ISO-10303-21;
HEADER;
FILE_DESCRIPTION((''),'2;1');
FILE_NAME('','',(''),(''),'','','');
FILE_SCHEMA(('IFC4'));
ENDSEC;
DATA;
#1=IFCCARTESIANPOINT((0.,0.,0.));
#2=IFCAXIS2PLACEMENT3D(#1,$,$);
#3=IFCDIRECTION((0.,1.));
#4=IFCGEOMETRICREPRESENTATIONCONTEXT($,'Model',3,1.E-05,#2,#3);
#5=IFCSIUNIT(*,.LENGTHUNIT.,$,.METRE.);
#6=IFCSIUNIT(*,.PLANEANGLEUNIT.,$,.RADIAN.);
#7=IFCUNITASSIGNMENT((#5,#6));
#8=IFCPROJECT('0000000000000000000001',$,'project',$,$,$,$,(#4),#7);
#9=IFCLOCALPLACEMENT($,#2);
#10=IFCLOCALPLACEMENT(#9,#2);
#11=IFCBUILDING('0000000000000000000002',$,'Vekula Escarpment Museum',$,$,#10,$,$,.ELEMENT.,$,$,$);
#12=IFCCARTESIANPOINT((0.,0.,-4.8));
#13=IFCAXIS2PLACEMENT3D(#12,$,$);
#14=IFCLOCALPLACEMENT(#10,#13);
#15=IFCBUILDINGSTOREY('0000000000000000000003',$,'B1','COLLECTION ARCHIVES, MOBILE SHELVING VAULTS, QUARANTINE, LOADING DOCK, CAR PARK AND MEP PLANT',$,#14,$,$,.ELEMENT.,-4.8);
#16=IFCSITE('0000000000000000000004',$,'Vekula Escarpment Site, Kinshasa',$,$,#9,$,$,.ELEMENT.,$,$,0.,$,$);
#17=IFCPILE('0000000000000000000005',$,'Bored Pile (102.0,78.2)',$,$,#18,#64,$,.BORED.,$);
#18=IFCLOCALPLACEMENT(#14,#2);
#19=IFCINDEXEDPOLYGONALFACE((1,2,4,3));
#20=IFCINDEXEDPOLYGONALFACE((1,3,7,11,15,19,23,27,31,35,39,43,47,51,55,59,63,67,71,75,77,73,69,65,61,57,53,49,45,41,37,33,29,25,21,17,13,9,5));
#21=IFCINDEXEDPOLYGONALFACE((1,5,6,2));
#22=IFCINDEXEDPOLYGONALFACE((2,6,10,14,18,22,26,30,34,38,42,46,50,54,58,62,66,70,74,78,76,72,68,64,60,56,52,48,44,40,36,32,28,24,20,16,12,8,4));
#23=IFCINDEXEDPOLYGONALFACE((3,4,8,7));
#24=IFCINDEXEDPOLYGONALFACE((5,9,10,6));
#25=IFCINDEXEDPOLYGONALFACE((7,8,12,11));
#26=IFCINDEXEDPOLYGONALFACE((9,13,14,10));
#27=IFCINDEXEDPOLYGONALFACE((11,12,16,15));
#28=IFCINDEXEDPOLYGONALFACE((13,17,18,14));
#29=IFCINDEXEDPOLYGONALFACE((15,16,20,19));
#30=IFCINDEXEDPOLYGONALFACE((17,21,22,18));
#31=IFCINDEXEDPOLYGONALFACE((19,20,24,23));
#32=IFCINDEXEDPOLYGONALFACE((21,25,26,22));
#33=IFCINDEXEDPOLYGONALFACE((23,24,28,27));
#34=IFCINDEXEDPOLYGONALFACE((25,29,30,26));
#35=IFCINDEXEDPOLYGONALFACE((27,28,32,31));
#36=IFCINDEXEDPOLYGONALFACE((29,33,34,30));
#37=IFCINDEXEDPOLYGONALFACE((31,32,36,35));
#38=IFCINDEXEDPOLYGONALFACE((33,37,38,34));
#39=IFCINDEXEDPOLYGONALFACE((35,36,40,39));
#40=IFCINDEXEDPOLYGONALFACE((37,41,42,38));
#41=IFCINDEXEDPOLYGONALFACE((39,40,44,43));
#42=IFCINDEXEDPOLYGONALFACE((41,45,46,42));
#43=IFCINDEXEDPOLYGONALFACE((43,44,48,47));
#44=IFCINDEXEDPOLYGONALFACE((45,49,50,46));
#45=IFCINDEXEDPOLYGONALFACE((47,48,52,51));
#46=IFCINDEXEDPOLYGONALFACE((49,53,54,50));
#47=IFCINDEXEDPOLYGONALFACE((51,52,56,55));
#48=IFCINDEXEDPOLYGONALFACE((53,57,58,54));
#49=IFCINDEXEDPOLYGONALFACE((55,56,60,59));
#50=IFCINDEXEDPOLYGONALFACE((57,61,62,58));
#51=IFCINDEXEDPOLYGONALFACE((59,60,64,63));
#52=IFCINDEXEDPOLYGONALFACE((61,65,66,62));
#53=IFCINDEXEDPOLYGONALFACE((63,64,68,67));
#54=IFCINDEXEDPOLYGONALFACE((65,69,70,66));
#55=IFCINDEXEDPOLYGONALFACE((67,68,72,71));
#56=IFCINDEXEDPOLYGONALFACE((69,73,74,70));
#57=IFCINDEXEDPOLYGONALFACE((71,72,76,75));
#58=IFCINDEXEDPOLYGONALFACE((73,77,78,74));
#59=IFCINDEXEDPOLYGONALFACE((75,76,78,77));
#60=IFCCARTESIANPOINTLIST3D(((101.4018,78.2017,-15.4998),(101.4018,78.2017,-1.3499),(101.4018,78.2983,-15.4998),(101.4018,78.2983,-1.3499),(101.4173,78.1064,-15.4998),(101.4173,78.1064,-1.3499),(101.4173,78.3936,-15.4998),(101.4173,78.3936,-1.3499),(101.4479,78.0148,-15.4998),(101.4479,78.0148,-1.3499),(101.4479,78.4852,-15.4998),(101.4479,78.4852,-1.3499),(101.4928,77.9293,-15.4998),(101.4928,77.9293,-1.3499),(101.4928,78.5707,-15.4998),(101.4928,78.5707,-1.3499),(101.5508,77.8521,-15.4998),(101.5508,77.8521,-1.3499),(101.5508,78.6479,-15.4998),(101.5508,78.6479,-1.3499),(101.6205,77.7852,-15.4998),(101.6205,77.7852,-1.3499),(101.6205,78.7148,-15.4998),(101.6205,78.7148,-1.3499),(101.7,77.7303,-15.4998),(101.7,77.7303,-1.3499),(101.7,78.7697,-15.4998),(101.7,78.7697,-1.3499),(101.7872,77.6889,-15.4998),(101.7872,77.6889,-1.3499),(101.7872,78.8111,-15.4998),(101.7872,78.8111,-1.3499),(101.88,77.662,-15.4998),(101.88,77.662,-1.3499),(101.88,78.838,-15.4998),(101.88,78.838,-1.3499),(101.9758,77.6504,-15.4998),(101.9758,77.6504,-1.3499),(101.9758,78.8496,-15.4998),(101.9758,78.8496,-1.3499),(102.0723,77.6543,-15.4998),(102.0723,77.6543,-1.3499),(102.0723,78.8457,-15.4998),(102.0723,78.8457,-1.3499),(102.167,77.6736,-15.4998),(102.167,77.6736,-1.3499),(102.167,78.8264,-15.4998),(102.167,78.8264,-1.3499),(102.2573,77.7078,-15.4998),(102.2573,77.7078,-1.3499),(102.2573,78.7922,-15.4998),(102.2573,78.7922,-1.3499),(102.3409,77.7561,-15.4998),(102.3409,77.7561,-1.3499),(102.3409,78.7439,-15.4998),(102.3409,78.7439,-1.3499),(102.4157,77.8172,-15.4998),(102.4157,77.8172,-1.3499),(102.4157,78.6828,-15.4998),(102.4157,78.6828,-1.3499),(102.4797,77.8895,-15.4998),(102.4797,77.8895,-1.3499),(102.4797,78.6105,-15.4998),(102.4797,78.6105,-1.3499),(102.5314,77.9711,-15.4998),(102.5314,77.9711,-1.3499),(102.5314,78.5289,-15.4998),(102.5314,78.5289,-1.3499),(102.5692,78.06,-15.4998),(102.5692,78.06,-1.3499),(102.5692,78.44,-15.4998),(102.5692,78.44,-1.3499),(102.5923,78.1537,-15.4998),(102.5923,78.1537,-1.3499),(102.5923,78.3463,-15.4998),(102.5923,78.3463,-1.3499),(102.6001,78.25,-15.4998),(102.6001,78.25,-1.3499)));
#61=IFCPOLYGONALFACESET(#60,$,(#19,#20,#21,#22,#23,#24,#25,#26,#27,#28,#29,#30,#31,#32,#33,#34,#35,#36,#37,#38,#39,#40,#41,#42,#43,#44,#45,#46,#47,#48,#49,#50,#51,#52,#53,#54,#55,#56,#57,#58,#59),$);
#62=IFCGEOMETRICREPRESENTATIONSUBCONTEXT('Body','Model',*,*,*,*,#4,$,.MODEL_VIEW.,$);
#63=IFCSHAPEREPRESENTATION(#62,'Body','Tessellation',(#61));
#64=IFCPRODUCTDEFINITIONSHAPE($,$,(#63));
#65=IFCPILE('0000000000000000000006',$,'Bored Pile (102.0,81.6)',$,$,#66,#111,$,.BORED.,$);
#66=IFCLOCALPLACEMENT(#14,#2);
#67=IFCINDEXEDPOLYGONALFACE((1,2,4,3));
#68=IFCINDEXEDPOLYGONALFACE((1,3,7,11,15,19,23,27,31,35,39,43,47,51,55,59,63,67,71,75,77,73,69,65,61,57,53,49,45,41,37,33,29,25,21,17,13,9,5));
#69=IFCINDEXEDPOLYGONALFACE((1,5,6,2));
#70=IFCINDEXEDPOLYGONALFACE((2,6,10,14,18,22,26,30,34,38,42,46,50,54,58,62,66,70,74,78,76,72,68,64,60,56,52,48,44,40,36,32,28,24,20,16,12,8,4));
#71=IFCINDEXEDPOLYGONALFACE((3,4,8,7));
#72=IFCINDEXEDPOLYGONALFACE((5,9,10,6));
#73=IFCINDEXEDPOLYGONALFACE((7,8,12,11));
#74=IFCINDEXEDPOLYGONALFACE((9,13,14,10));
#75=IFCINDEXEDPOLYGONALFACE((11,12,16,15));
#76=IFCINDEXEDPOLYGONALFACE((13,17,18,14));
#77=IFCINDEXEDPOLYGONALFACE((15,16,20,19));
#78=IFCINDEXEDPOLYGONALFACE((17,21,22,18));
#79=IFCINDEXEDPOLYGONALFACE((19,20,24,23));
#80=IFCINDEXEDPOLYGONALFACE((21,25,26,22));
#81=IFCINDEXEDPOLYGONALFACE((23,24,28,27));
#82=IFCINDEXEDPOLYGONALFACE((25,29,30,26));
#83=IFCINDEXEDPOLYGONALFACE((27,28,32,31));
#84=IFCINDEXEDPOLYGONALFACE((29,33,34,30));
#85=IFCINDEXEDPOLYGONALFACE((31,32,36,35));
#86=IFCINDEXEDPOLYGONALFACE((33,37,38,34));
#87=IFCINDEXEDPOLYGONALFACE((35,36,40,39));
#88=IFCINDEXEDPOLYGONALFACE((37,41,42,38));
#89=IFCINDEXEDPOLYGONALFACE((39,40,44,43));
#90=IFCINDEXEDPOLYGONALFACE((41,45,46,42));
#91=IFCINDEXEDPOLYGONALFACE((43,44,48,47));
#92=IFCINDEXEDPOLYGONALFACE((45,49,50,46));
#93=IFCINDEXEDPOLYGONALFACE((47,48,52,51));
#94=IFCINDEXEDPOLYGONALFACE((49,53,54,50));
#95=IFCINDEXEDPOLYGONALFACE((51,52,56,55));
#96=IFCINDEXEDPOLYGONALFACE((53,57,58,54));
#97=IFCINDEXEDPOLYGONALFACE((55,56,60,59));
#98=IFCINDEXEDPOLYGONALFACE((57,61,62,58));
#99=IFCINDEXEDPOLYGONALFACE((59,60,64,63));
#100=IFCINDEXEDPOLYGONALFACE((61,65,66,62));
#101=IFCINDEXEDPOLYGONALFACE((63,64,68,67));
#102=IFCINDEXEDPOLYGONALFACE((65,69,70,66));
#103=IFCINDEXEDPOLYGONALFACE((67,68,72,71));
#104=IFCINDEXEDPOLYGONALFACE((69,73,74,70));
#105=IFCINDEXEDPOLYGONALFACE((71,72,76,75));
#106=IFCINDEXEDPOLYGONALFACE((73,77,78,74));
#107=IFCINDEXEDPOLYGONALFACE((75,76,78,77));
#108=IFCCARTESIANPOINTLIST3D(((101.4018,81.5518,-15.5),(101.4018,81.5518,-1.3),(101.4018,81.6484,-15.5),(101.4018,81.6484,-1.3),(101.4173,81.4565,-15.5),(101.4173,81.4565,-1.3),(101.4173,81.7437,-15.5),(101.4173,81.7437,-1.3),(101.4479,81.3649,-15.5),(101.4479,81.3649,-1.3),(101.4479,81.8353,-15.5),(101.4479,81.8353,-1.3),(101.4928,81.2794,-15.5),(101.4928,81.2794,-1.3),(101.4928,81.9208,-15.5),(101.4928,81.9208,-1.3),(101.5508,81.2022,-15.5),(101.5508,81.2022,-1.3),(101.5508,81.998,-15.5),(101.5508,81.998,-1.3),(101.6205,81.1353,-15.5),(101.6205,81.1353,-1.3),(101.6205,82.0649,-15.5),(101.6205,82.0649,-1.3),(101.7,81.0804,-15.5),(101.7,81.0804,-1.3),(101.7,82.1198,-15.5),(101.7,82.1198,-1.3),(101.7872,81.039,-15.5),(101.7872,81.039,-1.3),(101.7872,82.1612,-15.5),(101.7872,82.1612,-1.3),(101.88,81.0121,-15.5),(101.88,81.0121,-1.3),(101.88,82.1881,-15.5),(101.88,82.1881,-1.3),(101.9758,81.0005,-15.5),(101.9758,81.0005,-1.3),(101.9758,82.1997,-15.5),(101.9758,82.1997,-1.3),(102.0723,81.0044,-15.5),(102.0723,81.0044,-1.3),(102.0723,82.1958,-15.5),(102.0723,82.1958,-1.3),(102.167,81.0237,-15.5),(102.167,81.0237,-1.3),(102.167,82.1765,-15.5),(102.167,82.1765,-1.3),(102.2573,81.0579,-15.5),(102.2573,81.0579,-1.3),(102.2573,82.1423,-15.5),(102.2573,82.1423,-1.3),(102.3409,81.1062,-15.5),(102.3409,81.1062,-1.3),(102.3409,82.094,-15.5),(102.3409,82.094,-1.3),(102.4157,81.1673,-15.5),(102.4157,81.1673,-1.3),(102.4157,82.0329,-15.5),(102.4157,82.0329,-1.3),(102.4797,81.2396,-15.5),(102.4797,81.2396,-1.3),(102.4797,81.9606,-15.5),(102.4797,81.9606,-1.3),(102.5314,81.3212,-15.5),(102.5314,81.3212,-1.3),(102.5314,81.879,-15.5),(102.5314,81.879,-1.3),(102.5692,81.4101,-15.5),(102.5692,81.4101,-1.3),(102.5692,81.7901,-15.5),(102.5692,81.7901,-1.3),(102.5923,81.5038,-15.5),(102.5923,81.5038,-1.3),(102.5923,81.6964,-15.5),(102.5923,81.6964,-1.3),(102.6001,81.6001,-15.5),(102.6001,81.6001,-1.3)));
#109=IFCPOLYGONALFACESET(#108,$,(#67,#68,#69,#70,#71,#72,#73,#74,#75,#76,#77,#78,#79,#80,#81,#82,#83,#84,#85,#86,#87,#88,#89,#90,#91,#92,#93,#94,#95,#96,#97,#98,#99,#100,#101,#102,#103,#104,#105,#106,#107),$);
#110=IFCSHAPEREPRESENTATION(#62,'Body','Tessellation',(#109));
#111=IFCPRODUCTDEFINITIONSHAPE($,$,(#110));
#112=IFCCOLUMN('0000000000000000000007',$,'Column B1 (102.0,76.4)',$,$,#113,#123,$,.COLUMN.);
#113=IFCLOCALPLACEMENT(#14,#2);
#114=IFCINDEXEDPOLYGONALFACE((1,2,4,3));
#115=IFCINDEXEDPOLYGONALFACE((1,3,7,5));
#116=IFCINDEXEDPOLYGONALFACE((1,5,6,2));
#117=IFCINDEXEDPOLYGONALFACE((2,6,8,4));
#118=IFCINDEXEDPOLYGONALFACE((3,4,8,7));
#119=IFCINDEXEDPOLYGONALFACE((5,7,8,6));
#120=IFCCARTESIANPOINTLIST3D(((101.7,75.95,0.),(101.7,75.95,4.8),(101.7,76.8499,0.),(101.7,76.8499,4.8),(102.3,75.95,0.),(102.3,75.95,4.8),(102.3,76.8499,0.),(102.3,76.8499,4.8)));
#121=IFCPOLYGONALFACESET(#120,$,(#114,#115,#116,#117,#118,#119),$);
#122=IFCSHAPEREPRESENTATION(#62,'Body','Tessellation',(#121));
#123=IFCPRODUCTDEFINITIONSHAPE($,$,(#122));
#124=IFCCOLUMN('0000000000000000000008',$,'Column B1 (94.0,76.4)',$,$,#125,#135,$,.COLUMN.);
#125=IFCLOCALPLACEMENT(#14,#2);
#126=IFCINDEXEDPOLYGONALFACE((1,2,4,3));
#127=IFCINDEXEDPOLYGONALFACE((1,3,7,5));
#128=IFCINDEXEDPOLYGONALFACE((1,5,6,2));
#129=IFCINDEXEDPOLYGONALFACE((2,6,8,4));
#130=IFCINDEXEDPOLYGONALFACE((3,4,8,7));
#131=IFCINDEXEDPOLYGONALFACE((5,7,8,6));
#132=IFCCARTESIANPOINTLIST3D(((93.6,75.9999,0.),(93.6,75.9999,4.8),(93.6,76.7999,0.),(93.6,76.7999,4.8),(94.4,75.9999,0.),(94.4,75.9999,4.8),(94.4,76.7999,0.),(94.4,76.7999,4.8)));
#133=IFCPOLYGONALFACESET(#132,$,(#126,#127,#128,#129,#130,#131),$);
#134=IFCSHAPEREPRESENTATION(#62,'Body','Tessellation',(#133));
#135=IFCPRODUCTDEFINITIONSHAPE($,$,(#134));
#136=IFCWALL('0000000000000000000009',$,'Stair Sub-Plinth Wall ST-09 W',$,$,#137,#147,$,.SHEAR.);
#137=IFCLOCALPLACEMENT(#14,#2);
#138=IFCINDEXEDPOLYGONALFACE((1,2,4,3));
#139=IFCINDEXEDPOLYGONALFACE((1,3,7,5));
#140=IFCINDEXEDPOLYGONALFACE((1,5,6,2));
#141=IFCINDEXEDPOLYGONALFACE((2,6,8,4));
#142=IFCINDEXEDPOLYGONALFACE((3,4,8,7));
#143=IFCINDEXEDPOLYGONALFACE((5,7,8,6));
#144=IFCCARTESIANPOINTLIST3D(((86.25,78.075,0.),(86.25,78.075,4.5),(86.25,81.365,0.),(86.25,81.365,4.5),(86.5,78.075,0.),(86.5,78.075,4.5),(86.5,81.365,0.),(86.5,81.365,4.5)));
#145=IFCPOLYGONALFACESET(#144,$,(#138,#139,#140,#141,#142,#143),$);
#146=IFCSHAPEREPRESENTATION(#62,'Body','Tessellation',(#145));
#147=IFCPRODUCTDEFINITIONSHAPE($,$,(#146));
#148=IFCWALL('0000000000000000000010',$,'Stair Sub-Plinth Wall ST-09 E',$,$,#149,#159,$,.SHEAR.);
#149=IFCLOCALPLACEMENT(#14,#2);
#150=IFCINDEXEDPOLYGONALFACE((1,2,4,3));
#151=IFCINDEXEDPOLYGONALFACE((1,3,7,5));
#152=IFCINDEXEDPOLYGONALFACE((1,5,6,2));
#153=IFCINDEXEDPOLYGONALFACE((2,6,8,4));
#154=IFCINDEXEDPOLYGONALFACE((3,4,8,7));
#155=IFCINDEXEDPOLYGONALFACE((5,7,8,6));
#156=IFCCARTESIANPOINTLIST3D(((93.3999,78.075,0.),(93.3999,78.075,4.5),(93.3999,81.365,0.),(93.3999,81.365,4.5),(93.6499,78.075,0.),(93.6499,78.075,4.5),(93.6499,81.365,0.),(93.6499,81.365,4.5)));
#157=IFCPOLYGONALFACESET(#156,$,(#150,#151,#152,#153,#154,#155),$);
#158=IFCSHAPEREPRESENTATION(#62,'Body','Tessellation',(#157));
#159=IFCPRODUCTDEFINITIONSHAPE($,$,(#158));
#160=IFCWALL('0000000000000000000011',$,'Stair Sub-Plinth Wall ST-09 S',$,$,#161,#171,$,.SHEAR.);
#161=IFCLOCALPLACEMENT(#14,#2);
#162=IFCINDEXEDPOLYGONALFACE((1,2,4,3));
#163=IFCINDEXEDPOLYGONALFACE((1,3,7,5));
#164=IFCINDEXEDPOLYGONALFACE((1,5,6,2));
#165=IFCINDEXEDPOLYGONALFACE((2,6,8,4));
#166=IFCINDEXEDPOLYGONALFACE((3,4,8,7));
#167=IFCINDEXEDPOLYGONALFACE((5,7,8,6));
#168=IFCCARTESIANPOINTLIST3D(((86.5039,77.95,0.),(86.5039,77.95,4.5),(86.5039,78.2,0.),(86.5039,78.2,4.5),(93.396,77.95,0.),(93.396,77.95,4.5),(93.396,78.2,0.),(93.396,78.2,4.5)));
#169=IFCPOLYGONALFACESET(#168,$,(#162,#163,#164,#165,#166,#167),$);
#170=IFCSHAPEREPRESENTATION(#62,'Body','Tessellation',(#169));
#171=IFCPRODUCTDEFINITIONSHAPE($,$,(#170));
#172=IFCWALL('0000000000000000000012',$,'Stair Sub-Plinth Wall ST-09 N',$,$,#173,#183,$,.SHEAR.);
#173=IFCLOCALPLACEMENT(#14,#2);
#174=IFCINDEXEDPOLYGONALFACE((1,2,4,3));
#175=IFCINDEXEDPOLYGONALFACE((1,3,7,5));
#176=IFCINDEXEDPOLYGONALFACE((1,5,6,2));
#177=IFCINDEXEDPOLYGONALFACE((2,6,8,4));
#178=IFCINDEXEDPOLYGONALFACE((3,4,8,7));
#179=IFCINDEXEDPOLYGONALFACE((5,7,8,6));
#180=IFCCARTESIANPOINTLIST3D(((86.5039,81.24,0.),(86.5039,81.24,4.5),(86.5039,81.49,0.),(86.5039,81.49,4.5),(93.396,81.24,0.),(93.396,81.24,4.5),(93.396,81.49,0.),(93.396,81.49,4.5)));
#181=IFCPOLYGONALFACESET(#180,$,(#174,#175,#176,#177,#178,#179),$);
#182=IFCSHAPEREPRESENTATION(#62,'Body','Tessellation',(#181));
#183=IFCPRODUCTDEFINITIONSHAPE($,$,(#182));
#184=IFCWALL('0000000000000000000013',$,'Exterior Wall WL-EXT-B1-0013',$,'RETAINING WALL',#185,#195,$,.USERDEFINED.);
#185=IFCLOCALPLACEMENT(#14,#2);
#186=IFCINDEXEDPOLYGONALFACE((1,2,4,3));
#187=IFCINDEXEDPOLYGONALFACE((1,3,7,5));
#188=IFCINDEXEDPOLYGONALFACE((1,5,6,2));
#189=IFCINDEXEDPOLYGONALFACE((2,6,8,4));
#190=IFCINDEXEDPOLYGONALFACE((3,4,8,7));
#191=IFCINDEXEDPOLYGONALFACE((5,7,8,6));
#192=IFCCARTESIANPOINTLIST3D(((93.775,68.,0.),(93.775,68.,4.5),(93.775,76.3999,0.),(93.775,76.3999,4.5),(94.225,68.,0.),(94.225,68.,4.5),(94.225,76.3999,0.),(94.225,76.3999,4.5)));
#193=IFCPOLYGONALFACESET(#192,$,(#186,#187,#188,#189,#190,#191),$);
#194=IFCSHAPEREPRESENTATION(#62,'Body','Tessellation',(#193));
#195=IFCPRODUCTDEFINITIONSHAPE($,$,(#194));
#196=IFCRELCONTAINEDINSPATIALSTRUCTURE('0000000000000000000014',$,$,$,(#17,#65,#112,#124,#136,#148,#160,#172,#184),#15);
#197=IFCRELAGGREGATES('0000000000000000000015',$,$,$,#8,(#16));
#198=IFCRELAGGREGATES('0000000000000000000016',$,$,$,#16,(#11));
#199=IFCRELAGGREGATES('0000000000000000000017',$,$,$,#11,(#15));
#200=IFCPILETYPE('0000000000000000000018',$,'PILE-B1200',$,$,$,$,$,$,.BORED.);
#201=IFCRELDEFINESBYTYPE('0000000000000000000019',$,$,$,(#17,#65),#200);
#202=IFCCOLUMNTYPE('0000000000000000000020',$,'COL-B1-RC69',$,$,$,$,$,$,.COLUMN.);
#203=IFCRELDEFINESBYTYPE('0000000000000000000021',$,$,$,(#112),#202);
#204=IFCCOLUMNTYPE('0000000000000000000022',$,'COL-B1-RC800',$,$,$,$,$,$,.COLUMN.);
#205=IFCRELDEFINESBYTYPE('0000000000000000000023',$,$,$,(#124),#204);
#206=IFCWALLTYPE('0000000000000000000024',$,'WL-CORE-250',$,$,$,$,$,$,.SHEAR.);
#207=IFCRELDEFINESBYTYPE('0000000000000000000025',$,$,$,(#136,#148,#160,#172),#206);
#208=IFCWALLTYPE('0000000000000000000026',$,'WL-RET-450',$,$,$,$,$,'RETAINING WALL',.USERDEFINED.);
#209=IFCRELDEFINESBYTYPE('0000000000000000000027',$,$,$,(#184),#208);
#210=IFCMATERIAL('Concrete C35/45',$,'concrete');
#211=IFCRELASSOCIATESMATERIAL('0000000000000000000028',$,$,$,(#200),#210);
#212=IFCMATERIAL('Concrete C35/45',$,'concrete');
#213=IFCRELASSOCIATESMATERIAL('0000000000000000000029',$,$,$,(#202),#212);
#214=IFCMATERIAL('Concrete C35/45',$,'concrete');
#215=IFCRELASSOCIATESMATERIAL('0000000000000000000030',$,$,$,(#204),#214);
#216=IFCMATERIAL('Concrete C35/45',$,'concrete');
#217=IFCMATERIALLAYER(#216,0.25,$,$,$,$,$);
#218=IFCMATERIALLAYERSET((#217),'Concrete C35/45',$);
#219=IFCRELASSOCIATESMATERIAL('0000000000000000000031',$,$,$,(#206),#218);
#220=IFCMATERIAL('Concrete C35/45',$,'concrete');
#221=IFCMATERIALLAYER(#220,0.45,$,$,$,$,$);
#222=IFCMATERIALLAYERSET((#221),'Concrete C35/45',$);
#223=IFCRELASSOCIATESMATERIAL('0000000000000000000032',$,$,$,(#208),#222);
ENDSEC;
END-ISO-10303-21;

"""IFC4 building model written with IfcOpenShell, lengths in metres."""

from ifc_helpers import new_model, si_unit, direction, frame, frame_2d, origin, origin_2d, place, context, subcontext, project, spatial, rectangle, circle, extrude, material, layer, layer_set, material_profile, profile_set, type_object, element, save


model = new_model("IFC4")

# Units and contexts
model_context = context("Model", 3, precision=1e-05, world=origin(), true_north=direction((0.0, 1.0)))
body_context = subcontext(model_context, "Body", "Model", "MODEL_VIEW")
ifc_project = project(units=[si_unit("LENGTHUNIT", "METRE"), si_unit("PLANEANGLEUNIT", "RADIAN")], contexts=[model_context])

# Site, building, storey
site_placement = place(None, origin())
site = spatial("IfcSite", under=ifc_project, at=site_placement, Name="Vekula Escarpment Site, Kinshasa", CompositionType="ELEMENT", RefElevation=0.0)
building_placement = place(site_placement, origin())
building = spatial("IfcBuilding", under=site, at=building_placement, Name="Vekula Escarpment Museum", CompositionType="ELEMENT")
storey_placement = place(building_placement, frame((0.0, 0.0, -4.8)))
storey = spatial("IfcBuildingStorey", under=building, at=storey_placement, Name="B1", Description="COLLECTION ARCHIVES, MOBILE SHELVING VAULTS, QUARANTINE, LOADING DOCK, CAR PARK AND MEP PLANT", CompositionType="ELEMENT", Elevation=-4.8)

# Piles
ifc_material_1 = material(Name="Concrete C35/45", Category="concrete")
ifc_material_profile_1 = material_profile(ifc_material_1, circle(Radius=0.6001, at=origin_2d()), Name="BORED PILE 1200")
ifc_profile_set_1 = profile_set([ifc_material_profile_1], Name="Concrete C35/45")
pile_type = type_object("IfcPileType", Name="PILE-B1200", PredefinedType="BORED", material=ifc_profile_set_1)
for number, where, z_axis, x_axis, name in (
    (1, (102.0, 78.25, -1.3499), (0.0, 0.0, -1.0), (1.0, 0.0, 0.0), "Bored Pile (102.0,78.2)"),
):
    element("IfcPile", number, at=place(storey_placement, frame(where, z_axis=z_axis, x_axis=x_axis)), inside=storey, type_object=pile_type, Name=name, PredefinedType="BORED", context=body_context, shape_type="SweptSolid", body=[
        extrude(circle(Radius=0.6001, at=origin_2d()), origin(), (0.0, 0.0, 1.0), 14.1499),
    ])
pile_1_placement = place(storey_placement, frame((102.0, 81.6001, -1.3), z_axis=(0.0, 0.0, -1.0), x_axis=(1.0, 0.0, 0.0)))
element("IfcPile", 2, at=pile_1_placement, inside=storey, type_object=pile_type, Name="Bored Pile (102.0,81.6)", PredefinedType="BORED", context=body_context, shape_type="SweptSolid", body=[
    extrude(circle(Radius=0.6001, at=origin_2d()), origin(), (0.0, 0.0, 1.0), 14.2),
])

# Columns
ifc_material_2 = material(Name="Concrete C35/45", Category="concrete")
ifc_material_profile_2 = material_profile(ifc_material_2, rectangle(XDim=0.6001, YDim=0.8999, at=origin_2d()), Name="RC 600x900")
ifc_profile_set_2 = profile_set([ifc_material_profile_2], Name="Concrete C35/45")
column_type_1 = type_object("IfcColumnType", Name="COL-B1-RC69", PredefinedType="COLUMN", material=ifc_profile_set_2)
column_1_placement = place(storey_placement, frame((102.0, 76.3999, 0.0), z_axis=(0.0, 0.0, 1.0), x_axis=(1.0, 0.0, 0.0)))
element("IfcColumn", 3, at=column_1_placement, inside=storey, type_object=column_type_1, Name="Column B1 (102.0,76.4)", PredefinedType="COLUMN", context=body_context, shape_type="SweptSolid", body=[
    extrude(rectangle(XDim=0.6001, YDim=0.8999, at=origin_2d()), origin(), (0.0, 0.0, 1.0), 4.8),
])
ifc_material_3 = material(Name="Concrete C35/45", Category="concrete")
ifc_material_profile_3 = material_profile(ifc_material_3, rectangle(XDim=0.8, YDim=0.8, at=origin_2d()), Name="RC 800x800")
ifc_profile_set_3 = profile_set([ifc_material_profile_3], Name="Concrete C35/45")
column_type_2 = type_object("IfcColumnType", Name="COL-B1-RC800", PredefinedType="COLUMN", material=ifc_profile_set_3)
column_2_placement = place(storey_placement, frame((94.0, 76.3999, 0.0), z_axis=(0.0, 0.0, 1.0), x_axis=(1.0, 0.0, 0.0)))
element("IfcColumn", 4, at=column_2_placement, inside=storey, type_object=column_type_2, Name="Column B1 (94.0,76.4)", PredefinedType="COLUMN", context=body_context, shape_type="SweptSolid", body=[
    extrude(rectangle(XDim=0.8, YDim=0.8, at=origin_2d()), origin(), (0.0, 0.0, 1.0), 4.8),
])

# Walls
ifc_material_4 = material(Name="Concrete C35/45", Category="concrete")
ifc_layer_1 = layer(ifc_material_4, 0.25)
ifc_layer_set_1 = layer_set([ifc_layer_1], Name="Concrete C35/45")
wall_type_1 = type_object("IfcWallType", Name="WL-CORE-250", PredefinedType="SHEAR", material=ifc_layer_set_1)
for number, where, z_axis, x_axis, name in (
    (5, (86.375, 78.075, 0.0), (0.0, 0.0, 1.0), (0.0, 1.0, 0.0), "Stair Sub-Plinth Wall ST-09 W"),
    (6, (93.5249, 78.075, 0.0), (0.0, 0.0, 1.0), (0.0, 1.0, 0.0), "Stair Sub-Plinth Wall ST-09 E"),
):
    element("IfcWall", number, at=place(storey_placement, frame(where, z_axis=z_axis, x_axis=x_axis)), inside=storey, type_object=wall_type_1, Name=name, PredefinedType="SHEAR", context=body_context, shape_type="SweptSolid", body=[
        extrude(rectangle(XDim=3.29, YDim=0.25, at=frame_2d((1.645, 0.0))), origin(), (0.0, 0.0, 1.0), 4.5),
    ])
for number, where, z_axis, x_axis, name in (
    (7, (86.5039, 78.075, 0.0), (0.0, 0.0, 1.0), (1.0, 0.0, 0.0), "Stair Sub-Plinth Wall ST-09 S"),
    (8, (86.5039, 81.365, 0.0), (0.0, 0.0, 1.0), (1.0, 0.0, 0.0), "Stair Sub-Plinth Wall ST-09 N"),
):
    element("IfcWall", number, at=place(storey_placement, frame(where, z_axis=z_axis, x_axis=x_axis)), inside=storey, type_object=wall_type_1, Name=name, PredefinedType="SHEAR", context=body_context, shape_type="SweptSolid", body=[
        extrude(rectangle(XDim=6.8921, YDim=0.25, at=frame_2d((3.446, 0.0))), origin(), (0.0, 0.0, 1.0), 4.5),
    ])
ifc_material_5 = material(Name="Concrete C35/45", Category="concrete")
ifc_layer_2 = layer(ifc_material_5, 0.45)
ifc_layer_set_2 = layer_set([ifc_layer_2], Name="Concrete C35/45")
wall_type_2 = type_object("IfcWallType", Name="WL-RET-450", ElementType="RETAINING WALL", PredefinedType="USERDEFINED", material=ifc_layer_set_2)
wall_placement = place(storey_placement, frame((94.0, 76.3999, 0.0), z_axis=(0.0, 0.0, 1.0), x_axis=(0.0, -1.0, 0.0)))
element("IfcWall", 9, at=wall_placement, inside=storey, type_object=wall_type_2, Name="Exterior Wall WL-EXT-B1-0013", ObjectType="RETAINING WALL", PredefinedType="USERDEFINED", context=body_context, shape_type="SweptSolid", body=[
    extrude(rectangle(XDim=8.3999, YDim=0.45, at=frame_2d((4.2, 0.0))), origin(), (0.0, 0.0, 1.0), 4.5),
])

save(model, "model.ifc")
